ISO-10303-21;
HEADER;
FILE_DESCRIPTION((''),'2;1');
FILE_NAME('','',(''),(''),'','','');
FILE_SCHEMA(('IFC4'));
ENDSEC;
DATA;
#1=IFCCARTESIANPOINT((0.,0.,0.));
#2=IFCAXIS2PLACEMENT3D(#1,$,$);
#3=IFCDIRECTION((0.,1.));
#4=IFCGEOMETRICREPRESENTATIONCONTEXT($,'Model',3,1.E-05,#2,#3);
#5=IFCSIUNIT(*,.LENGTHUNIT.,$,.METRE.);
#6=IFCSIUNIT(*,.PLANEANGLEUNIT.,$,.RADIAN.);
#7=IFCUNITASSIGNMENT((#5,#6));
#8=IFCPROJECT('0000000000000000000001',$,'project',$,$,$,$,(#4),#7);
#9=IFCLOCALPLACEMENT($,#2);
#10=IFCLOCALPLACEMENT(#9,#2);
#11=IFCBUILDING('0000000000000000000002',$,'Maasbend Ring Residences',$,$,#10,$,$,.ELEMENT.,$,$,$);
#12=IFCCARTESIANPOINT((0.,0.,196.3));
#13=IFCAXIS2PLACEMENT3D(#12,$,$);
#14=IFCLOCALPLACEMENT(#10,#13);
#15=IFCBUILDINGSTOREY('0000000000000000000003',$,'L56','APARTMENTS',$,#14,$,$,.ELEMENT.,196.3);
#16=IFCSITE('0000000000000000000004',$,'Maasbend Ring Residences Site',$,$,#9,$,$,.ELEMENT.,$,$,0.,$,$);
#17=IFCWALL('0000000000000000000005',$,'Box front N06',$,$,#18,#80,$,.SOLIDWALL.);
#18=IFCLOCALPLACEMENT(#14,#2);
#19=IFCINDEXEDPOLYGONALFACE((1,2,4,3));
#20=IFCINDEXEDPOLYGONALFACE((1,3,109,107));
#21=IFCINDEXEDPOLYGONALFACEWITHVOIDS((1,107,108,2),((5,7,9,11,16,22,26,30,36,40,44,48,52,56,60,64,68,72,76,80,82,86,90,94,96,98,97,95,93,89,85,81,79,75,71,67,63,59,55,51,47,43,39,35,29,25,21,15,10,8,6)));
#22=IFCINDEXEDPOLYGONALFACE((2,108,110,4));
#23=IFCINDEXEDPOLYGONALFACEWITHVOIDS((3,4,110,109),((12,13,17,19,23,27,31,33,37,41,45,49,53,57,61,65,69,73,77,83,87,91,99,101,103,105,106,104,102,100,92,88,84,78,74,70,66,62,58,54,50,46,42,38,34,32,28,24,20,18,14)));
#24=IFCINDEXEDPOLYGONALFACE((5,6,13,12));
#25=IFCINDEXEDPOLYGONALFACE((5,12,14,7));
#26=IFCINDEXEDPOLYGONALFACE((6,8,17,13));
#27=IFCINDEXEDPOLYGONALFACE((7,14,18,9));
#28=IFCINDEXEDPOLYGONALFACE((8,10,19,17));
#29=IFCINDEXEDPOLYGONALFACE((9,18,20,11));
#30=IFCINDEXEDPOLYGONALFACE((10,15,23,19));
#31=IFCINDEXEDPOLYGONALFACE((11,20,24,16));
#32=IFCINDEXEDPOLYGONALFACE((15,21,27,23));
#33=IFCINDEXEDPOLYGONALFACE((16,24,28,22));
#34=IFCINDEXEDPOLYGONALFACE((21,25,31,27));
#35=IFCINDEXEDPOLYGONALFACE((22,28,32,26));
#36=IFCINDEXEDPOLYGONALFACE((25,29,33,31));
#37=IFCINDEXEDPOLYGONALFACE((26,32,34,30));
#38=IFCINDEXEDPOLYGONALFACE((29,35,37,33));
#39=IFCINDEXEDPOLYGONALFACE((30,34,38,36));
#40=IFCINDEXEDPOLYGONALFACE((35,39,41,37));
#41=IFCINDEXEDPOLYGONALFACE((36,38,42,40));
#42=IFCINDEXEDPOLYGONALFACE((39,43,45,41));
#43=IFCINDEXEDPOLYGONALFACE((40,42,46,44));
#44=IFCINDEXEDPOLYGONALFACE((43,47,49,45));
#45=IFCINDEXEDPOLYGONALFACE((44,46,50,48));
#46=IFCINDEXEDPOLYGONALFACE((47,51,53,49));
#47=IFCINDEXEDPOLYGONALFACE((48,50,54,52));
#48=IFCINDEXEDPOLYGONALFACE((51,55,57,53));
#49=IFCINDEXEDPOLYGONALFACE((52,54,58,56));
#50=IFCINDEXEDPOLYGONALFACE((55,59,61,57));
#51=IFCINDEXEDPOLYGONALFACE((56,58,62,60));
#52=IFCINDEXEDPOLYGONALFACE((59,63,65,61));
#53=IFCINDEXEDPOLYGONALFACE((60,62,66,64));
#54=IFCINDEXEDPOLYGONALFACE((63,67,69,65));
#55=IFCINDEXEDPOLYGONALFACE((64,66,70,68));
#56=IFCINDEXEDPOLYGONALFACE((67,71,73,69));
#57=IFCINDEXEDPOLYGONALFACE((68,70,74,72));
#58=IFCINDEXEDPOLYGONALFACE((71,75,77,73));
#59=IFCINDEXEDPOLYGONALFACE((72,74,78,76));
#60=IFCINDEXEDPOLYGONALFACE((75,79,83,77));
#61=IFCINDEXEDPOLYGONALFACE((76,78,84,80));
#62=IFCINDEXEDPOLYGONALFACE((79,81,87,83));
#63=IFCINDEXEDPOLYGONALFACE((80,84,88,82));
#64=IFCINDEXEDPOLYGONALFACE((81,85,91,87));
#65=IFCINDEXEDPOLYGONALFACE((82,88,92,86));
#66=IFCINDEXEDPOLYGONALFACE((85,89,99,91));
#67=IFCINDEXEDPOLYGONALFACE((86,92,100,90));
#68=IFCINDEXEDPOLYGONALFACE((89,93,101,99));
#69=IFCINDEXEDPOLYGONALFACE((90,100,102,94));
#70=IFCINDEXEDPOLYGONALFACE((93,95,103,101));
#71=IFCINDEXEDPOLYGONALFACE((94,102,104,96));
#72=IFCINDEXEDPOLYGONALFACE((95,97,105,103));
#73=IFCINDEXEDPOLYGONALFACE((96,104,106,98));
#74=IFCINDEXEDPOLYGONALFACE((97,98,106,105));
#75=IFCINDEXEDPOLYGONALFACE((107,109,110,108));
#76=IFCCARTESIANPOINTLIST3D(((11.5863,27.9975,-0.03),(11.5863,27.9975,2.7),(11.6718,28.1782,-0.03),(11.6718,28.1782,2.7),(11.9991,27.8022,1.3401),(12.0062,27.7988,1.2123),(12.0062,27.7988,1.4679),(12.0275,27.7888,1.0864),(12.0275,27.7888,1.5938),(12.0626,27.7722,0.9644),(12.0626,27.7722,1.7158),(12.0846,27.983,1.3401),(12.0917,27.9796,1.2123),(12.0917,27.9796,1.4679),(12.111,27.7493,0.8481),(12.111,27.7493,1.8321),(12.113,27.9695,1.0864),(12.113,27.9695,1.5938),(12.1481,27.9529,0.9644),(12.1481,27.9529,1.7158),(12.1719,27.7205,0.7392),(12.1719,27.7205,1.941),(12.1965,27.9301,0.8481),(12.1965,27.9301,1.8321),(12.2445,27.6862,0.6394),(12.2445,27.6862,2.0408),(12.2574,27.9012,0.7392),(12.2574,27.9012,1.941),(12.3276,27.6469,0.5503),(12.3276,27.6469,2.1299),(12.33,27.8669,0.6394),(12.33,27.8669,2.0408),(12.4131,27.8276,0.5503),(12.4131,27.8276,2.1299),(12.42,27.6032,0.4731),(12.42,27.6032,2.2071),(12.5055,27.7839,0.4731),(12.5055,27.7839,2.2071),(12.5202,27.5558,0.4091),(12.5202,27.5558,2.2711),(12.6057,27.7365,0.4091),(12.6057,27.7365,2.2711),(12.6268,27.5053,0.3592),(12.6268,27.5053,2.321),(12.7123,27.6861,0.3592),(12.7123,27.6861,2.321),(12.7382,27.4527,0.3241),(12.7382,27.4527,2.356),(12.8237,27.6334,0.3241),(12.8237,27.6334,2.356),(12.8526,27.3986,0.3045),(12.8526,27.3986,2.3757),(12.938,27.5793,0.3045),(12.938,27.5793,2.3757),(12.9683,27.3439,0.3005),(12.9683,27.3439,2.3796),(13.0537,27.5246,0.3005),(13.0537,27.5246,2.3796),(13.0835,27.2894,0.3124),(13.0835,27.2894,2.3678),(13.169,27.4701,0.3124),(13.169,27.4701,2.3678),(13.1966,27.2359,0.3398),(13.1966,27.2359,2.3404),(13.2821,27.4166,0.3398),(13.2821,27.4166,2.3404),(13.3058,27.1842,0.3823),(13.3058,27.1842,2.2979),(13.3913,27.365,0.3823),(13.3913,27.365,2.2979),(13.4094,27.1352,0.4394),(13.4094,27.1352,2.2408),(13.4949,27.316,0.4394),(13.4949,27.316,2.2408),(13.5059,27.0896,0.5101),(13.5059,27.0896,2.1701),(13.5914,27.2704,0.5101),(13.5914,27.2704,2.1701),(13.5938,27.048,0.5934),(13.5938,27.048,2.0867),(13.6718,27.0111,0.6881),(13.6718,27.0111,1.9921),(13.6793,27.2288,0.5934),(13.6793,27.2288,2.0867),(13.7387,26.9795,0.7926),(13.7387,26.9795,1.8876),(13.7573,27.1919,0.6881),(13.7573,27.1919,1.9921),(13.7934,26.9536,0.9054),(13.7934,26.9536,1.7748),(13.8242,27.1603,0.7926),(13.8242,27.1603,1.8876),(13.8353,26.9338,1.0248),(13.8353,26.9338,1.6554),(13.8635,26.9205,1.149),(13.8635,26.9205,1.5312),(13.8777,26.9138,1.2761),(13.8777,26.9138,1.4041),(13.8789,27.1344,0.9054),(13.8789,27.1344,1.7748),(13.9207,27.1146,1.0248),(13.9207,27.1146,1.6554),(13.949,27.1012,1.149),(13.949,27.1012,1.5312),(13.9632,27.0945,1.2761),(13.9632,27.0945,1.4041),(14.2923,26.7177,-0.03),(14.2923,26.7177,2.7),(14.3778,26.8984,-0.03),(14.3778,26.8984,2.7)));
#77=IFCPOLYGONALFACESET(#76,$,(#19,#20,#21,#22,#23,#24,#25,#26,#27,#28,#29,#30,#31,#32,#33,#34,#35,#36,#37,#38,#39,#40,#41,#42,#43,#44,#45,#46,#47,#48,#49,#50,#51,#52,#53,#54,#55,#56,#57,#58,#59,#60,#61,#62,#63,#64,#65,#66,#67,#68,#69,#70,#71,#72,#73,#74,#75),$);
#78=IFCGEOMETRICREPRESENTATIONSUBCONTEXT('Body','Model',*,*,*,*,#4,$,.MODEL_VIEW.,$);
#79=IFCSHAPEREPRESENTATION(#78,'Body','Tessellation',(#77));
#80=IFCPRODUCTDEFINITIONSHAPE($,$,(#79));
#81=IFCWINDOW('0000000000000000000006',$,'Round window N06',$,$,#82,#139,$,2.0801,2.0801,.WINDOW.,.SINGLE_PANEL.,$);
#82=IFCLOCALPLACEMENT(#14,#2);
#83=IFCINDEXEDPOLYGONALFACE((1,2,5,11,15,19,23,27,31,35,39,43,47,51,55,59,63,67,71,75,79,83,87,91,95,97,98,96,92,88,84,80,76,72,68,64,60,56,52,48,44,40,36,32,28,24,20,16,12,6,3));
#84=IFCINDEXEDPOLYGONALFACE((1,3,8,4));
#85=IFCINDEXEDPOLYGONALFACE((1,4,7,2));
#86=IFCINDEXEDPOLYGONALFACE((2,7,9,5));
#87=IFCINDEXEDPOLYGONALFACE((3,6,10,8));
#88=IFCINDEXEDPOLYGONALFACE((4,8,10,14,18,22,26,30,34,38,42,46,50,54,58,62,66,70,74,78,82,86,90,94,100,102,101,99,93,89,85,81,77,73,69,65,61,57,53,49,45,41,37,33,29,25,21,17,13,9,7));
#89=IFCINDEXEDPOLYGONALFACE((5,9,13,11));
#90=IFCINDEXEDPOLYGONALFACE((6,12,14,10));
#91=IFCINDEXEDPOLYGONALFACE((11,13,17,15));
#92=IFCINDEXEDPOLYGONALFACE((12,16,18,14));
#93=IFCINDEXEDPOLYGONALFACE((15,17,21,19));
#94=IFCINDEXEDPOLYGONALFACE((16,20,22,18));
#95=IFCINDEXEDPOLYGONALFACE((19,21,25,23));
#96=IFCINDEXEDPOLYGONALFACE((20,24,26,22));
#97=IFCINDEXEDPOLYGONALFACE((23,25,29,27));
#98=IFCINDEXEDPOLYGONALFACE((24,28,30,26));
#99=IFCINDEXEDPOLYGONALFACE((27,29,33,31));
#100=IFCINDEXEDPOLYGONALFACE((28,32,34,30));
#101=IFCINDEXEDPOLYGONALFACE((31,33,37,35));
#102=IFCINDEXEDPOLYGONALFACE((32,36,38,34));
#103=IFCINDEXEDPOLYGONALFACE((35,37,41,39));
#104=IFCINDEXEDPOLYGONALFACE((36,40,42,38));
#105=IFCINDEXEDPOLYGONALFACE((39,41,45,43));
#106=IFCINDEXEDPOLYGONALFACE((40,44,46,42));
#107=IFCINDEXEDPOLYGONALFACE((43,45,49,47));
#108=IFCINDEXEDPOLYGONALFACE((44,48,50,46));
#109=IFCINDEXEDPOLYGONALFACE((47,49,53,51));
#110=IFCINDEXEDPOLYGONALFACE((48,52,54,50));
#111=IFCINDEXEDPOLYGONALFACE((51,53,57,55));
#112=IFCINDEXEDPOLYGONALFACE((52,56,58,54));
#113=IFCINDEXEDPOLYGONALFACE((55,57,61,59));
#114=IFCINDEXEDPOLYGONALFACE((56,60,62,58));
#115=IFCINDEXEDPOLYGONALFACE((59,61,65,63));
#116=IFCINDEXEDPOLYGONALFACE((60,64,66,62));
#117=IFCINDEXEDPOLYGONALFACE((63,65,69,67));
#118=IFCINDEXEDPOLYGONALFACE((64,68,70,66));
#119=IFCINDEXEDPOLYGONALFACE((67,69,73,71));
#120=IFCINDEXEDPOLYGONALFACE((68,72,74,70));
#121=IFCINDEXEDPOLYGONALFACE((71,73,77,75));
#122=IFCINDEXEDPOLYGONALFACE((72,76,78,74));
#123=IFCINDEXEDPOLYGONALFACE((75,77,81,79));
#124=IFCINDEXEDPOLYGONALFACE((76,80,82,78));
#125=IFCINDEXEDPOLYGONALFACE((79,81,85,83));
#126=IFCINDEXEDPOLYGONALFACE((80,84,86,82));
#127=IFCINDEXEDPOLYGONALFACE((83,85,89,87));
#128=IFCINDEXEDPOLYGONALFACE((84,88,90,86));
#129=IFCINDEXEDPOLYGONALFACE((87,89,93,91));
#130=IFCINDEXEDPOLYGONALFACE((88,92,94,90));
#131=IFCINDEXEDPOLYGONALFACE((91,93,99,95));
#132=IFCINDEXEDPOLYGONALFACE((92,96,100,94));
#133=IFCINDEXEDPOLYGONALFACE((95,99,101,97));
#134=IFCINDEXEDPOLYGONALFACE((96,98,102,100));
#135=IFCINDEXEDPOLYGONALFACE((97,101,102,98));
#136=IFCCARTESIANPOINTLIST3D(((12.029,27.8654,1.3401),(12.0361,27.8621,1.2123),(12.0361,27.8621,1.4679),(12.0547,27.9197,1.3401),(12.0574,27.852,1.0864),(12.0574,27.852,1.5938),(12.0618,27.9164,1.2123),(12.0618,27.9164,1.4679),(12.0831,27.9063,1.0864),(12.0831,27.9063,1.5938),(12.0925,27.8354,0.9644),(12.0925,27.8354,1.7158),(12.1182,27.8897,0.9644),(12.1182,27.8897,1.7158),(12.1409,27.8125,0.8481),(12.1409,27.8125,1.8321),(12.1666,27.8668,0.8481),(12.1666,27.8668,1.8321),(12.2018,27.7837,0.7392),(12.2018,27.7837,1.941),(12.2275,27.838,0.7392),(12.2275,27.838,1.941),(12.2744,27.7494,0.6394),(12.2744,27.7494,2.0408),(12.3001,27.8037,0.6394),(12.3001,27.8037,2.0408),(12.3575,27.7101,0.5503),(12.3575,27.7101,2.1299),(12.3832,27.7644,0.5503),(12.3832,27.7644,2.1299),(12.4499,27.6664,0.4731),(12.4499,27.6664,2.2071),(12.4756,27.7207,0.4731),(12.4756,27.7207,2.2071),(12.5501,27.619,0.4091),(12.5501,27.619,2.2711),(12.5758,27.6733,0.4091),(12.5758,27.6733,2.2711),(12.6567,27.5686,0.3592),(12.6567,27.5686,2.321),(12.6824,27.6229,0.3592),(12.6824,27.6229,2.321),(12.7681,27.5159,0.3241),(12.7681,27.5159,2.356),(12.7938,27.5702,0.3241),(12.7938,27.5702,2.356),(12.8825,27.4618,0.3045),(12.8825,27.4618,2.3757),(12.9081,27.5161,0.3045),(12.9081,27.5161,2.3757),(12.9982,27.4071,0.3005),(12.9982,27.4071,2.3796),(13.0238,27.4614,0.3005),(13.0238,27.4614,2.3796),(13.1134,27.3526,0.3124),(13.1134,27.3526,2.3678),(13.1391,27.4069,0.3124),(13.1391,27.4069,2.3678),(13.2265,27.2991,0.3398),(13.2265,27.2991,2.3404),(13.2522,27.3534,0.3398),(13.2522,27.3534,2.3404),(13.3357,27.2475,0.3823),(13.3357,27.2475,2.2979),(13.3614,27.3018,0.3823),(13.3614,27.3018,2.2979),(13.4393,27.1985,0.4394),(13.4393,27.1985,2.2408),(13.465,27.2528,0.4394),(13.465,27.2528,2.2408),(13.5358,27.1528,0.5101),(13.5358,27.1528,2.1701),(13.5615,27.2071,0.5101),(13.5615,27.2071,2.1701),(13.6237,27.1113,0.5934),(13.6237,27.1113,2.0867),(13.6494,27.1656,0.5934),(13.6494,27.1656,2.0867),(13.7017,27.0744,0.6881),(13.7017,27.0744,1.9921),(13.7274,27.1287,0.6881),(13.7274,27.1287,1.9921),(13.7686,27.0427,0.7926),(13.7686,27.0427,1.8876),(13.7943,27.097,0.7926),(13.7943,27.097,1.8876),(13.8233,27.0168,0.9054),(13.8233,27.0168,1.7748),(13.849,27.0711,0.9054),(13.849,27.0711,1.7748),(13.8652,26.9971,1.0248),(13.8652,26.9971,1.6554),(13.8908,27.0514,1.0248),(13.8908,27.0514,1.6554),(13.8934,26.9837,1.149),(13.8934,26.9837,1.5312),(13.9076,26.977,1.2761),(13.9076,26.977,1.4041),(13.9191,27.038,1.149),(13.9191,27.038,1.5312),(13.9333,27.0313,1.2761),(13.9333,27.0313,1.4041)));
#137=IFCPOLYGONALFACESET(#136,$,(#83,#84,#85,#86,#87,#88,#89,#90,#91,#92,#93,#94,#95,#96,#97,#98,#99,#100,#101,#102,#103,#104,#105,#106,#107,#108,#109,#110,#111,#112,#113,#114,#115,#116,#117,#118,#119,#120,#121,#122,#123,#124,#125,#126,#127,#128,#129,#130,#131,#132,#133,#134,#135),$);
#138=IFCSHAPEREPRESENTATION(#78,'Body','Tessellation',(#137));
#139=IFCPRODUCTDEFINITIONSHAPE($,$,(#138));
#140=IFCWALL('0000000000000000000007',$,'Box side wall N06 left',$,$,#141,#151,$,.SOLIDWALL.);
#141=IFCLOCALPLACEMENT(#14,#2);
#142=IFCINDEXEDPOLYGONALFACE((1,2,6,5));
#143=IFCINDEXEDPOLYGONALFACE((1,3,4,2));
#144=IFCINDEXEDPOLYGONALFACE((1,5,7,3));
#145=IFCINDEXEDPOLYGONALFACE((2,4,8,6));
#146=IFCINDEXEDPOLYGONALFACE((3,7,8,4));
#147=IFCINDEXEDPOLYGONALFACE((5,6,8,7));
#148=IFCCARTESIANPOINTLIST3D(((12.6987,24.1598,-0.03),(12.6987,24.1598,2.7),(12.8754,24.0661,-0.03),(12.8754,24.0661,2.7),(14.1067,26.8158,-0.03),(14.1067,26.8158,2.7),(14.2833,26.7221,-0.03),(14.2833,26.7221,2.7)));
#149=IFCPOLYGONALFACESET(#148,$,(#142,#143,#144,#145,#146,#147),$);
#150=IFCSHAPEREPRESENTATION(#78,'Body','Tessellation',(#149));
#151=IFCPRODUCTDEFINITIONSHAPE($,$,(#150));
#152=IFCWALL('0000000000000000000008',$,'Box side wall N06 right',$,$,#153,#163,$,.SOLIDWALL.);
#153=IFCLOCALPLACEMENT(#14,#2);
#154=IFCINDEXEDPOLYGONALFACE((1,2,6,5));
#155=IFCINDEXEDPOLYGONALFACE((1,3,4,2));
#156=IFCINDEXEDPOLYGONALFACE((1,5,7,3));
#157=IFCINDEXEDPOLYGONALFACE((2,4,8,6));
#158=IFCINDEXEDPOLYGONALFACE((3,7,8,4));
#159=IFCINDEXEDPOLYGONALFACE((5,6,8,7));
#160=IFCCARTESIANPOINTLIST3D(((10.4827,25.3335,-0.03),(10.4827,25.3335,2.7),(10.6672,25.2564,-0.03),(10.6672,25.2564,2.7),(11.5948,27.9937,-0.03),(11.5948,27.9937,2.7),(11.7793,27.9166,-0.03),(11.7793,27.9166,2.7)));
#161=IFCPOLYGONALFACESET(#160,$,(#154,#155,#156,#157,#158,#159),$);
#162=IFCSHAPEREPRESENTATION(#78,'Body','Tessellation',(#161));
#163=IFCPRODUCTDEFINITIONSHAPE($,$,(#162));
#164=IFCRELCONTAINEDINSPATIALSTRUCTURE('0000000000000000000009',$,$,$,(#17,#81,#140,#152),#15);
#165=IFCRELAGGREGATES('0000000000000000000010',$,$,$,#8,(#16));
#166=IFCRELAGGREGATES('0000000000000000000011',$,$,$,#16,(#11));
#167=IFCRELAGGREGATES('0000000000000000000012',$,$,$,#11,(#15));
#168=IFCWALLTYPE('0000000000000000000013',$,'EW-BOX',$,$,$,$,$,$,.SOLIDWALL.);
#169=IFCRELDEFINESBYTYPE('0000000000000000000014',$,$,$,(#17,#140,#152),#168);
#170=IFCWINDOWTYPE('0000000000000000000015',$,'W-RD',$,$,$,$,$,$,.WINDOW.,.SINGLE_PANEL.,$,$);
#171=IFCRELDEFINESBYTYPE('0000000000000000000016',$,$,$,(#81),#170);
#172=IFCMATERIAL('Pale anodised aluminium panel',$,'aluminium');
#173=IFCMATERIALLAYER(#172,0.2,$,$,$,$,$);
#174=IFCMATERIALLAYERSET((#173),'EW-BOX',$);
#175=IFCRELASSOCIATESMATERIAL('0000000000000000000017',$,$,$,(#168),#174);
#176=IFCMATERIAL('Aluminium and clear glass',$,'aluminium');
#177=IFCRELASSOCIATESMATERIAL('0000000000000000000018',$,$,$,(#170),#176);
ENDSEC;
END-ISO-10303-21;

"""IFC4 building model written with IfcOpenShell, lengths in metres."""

from ifc_helpers import new_model, si_unit, direction, frame, frame_2d, origin, place, context, subcontext, project, spatial, rectangle, circle, extrude, material, layer, layer_set, type_object, element, fill, save


model = new_model("IFC4")

# Units and contexts
model_context = context("Model", 3, precision=1e-05, world=origin(), true_north=direction((0.0, 1.0)))
body_context = subcontext(model_context, "Body", "Model", "MODEL_VIEW")
ifc_project = project(units=[si_unit("LENGTHUNIT", "METRE"), si_unit("PLANEANGLEUNIT", "RADIAN")], contexts=[model_context])

# Site, building, storey
site_placement = place(None, origin())
site = spatial("IfcSite", under=ifc_project, at=site_placement, Name="Maasbend Ring Residences Site", CompositionType="ELEMENT", RefElevation=0.0)
building_placement = place(site_placement, origin())
building = spatial("IfcBuilding", under=site, at=building_placement, Name="Maasbend Ring Residences", CompositionType="ELEMENT")
storey_placement = place(building_placement, frame((0.0, 0.0, 196.3)))
storey = spatial("IfcBuildingStorey", under=building, at=storey_placement, Name="L56", Description="APARTMENTS", CompositionType="ELEMENT", Elevation=196.3)

# Shared definitions
ifc_material_1 = material(Name="Pale anodised aluminium panel", Category="aluminium")
ifc_layer_1 = layer(ifc_material_1, 0.2)
ifc_layer_set_1 = layer_set([ifc_layer_1], Name="EW-BOX")
wall_type_1 = type_object("IfcWallType", Name="EW-BOX", PredefinedType="SOLIDWALL", material=ifc_layer_set_1)

# Shared definitions
ifc_material_2 = material(Name="Aluminium and clear glass", Category="aluminium")
window_type_1 = type_object("IfcWindowType", Name="W-RD", PartitioningType="SINGLE_PANEL", PredefinedType="WINDOW", material=ifc_material_2)

# Wall, opening, window
wall_1_placement = place(storey_placement, frame((14.335, 26.8081, -0.03), z_axis=(0.0, 0.0, 1.0), x_axis=(-0.904, 0.427532, 0.0)))
wall_1 = element("IfcWall", 1, at=wall_1_placement, inside=storey, type_object=wall_type_1, Name="Box front N06", PredefinedType="SOLIDWALL", context=body_context, shape_type="SweptSolid", body=[
    extrude(rectangle(XDim=2.9934, YDim=0.2, at=frame_2d((1.4966, 0.0))), origin(), (0.0, 0.0, 1.0), 2.73),
])
opening_1_placement = place(wall_1_placement, frame((0.4565, 0.0, 0.3301)))
opening_1 = element("IfcOpeningElement", 2, at=opening_1_placement, cuts=wall_1, PredefinedType="OPENING", context=body_context, shape_type="SweptSolid", body=[
    extrude(circle(Radius=1.04, at=frame_2d((1.04, 1.04))), frame((0.0, 0.1099, 0.0), z_axis=(0.0, -1.0, 0.0), x_axis=(1.0, 0.0, 0.0)), (0.0, 0.0, 1.0), 0.22),
])
window_1_placement = place(opening_1_placement, origin())
window_1 = element("IfcWindow", 3, at=window_1_placement, inside=storey, type_object=window_type_1, Name="Round window N06", OverallHeight=2.0801, OverallWidth=2.0801, PartitioningType="SINGLE_PANEL", PredefinedType="WINDOW", context=body_context, shape_type="SweptSolid", body=[
    extrude(circle(Radius=1.04, at=frame_2d((1.04, 1.04))), frame((0.0, 0.03, 0.0), z_axis=(0.0, -1.0, 0.0), x_axis=(1.0, 0.0, 0.0)), (0.0, 0.0, 1.0), 0.0601),
])
fill(opening_1, window_1)

# Walls
wall_2_placement = place(storey_placement, frame((12.7871, 24.113, -0.03), z_axis=(0.0, 0.0, 1.0), x_axis=(0.468365, 0.883535, 0.0)))
element("IfcWall", 4, at=wall_2_placement, inside=storey, type_object=wall_type_1, Name="Box side wall N06 left", PredefinedType="SOLIDWALL", context=body_context, shape_type="SweptSolid", body=[
    extrude(rectangle(XDim=3.0061, YDim=0.2, at=frame_2d((1.5029, 0.0))), origin(), (0.0, 0.0, 1.0), 2.73),
])
wall_3_placement = place(storey_placement, frame((10.575, 25.2949, -0.03), z_axis=(0.0, 0.0, 1.0), x_axis=(0.385697, 0.922625, 0.0)))
element("IfcWall", 5, at=wall_3_placement, inside=storey, type_object=wall_type_1, Name="Box side wall N06 right", PredefinedType="SOLIDWALL", context=body_context, shape_type="SweptSolid", body=[
    extrude(rectangle(XDim=2.8833, YDim=0.2, at=frame_2d((1.4417, 0.0))), origin(), (0.0, 0.0, 1.0), 2.73),
])

save(model, "model.ifc")
